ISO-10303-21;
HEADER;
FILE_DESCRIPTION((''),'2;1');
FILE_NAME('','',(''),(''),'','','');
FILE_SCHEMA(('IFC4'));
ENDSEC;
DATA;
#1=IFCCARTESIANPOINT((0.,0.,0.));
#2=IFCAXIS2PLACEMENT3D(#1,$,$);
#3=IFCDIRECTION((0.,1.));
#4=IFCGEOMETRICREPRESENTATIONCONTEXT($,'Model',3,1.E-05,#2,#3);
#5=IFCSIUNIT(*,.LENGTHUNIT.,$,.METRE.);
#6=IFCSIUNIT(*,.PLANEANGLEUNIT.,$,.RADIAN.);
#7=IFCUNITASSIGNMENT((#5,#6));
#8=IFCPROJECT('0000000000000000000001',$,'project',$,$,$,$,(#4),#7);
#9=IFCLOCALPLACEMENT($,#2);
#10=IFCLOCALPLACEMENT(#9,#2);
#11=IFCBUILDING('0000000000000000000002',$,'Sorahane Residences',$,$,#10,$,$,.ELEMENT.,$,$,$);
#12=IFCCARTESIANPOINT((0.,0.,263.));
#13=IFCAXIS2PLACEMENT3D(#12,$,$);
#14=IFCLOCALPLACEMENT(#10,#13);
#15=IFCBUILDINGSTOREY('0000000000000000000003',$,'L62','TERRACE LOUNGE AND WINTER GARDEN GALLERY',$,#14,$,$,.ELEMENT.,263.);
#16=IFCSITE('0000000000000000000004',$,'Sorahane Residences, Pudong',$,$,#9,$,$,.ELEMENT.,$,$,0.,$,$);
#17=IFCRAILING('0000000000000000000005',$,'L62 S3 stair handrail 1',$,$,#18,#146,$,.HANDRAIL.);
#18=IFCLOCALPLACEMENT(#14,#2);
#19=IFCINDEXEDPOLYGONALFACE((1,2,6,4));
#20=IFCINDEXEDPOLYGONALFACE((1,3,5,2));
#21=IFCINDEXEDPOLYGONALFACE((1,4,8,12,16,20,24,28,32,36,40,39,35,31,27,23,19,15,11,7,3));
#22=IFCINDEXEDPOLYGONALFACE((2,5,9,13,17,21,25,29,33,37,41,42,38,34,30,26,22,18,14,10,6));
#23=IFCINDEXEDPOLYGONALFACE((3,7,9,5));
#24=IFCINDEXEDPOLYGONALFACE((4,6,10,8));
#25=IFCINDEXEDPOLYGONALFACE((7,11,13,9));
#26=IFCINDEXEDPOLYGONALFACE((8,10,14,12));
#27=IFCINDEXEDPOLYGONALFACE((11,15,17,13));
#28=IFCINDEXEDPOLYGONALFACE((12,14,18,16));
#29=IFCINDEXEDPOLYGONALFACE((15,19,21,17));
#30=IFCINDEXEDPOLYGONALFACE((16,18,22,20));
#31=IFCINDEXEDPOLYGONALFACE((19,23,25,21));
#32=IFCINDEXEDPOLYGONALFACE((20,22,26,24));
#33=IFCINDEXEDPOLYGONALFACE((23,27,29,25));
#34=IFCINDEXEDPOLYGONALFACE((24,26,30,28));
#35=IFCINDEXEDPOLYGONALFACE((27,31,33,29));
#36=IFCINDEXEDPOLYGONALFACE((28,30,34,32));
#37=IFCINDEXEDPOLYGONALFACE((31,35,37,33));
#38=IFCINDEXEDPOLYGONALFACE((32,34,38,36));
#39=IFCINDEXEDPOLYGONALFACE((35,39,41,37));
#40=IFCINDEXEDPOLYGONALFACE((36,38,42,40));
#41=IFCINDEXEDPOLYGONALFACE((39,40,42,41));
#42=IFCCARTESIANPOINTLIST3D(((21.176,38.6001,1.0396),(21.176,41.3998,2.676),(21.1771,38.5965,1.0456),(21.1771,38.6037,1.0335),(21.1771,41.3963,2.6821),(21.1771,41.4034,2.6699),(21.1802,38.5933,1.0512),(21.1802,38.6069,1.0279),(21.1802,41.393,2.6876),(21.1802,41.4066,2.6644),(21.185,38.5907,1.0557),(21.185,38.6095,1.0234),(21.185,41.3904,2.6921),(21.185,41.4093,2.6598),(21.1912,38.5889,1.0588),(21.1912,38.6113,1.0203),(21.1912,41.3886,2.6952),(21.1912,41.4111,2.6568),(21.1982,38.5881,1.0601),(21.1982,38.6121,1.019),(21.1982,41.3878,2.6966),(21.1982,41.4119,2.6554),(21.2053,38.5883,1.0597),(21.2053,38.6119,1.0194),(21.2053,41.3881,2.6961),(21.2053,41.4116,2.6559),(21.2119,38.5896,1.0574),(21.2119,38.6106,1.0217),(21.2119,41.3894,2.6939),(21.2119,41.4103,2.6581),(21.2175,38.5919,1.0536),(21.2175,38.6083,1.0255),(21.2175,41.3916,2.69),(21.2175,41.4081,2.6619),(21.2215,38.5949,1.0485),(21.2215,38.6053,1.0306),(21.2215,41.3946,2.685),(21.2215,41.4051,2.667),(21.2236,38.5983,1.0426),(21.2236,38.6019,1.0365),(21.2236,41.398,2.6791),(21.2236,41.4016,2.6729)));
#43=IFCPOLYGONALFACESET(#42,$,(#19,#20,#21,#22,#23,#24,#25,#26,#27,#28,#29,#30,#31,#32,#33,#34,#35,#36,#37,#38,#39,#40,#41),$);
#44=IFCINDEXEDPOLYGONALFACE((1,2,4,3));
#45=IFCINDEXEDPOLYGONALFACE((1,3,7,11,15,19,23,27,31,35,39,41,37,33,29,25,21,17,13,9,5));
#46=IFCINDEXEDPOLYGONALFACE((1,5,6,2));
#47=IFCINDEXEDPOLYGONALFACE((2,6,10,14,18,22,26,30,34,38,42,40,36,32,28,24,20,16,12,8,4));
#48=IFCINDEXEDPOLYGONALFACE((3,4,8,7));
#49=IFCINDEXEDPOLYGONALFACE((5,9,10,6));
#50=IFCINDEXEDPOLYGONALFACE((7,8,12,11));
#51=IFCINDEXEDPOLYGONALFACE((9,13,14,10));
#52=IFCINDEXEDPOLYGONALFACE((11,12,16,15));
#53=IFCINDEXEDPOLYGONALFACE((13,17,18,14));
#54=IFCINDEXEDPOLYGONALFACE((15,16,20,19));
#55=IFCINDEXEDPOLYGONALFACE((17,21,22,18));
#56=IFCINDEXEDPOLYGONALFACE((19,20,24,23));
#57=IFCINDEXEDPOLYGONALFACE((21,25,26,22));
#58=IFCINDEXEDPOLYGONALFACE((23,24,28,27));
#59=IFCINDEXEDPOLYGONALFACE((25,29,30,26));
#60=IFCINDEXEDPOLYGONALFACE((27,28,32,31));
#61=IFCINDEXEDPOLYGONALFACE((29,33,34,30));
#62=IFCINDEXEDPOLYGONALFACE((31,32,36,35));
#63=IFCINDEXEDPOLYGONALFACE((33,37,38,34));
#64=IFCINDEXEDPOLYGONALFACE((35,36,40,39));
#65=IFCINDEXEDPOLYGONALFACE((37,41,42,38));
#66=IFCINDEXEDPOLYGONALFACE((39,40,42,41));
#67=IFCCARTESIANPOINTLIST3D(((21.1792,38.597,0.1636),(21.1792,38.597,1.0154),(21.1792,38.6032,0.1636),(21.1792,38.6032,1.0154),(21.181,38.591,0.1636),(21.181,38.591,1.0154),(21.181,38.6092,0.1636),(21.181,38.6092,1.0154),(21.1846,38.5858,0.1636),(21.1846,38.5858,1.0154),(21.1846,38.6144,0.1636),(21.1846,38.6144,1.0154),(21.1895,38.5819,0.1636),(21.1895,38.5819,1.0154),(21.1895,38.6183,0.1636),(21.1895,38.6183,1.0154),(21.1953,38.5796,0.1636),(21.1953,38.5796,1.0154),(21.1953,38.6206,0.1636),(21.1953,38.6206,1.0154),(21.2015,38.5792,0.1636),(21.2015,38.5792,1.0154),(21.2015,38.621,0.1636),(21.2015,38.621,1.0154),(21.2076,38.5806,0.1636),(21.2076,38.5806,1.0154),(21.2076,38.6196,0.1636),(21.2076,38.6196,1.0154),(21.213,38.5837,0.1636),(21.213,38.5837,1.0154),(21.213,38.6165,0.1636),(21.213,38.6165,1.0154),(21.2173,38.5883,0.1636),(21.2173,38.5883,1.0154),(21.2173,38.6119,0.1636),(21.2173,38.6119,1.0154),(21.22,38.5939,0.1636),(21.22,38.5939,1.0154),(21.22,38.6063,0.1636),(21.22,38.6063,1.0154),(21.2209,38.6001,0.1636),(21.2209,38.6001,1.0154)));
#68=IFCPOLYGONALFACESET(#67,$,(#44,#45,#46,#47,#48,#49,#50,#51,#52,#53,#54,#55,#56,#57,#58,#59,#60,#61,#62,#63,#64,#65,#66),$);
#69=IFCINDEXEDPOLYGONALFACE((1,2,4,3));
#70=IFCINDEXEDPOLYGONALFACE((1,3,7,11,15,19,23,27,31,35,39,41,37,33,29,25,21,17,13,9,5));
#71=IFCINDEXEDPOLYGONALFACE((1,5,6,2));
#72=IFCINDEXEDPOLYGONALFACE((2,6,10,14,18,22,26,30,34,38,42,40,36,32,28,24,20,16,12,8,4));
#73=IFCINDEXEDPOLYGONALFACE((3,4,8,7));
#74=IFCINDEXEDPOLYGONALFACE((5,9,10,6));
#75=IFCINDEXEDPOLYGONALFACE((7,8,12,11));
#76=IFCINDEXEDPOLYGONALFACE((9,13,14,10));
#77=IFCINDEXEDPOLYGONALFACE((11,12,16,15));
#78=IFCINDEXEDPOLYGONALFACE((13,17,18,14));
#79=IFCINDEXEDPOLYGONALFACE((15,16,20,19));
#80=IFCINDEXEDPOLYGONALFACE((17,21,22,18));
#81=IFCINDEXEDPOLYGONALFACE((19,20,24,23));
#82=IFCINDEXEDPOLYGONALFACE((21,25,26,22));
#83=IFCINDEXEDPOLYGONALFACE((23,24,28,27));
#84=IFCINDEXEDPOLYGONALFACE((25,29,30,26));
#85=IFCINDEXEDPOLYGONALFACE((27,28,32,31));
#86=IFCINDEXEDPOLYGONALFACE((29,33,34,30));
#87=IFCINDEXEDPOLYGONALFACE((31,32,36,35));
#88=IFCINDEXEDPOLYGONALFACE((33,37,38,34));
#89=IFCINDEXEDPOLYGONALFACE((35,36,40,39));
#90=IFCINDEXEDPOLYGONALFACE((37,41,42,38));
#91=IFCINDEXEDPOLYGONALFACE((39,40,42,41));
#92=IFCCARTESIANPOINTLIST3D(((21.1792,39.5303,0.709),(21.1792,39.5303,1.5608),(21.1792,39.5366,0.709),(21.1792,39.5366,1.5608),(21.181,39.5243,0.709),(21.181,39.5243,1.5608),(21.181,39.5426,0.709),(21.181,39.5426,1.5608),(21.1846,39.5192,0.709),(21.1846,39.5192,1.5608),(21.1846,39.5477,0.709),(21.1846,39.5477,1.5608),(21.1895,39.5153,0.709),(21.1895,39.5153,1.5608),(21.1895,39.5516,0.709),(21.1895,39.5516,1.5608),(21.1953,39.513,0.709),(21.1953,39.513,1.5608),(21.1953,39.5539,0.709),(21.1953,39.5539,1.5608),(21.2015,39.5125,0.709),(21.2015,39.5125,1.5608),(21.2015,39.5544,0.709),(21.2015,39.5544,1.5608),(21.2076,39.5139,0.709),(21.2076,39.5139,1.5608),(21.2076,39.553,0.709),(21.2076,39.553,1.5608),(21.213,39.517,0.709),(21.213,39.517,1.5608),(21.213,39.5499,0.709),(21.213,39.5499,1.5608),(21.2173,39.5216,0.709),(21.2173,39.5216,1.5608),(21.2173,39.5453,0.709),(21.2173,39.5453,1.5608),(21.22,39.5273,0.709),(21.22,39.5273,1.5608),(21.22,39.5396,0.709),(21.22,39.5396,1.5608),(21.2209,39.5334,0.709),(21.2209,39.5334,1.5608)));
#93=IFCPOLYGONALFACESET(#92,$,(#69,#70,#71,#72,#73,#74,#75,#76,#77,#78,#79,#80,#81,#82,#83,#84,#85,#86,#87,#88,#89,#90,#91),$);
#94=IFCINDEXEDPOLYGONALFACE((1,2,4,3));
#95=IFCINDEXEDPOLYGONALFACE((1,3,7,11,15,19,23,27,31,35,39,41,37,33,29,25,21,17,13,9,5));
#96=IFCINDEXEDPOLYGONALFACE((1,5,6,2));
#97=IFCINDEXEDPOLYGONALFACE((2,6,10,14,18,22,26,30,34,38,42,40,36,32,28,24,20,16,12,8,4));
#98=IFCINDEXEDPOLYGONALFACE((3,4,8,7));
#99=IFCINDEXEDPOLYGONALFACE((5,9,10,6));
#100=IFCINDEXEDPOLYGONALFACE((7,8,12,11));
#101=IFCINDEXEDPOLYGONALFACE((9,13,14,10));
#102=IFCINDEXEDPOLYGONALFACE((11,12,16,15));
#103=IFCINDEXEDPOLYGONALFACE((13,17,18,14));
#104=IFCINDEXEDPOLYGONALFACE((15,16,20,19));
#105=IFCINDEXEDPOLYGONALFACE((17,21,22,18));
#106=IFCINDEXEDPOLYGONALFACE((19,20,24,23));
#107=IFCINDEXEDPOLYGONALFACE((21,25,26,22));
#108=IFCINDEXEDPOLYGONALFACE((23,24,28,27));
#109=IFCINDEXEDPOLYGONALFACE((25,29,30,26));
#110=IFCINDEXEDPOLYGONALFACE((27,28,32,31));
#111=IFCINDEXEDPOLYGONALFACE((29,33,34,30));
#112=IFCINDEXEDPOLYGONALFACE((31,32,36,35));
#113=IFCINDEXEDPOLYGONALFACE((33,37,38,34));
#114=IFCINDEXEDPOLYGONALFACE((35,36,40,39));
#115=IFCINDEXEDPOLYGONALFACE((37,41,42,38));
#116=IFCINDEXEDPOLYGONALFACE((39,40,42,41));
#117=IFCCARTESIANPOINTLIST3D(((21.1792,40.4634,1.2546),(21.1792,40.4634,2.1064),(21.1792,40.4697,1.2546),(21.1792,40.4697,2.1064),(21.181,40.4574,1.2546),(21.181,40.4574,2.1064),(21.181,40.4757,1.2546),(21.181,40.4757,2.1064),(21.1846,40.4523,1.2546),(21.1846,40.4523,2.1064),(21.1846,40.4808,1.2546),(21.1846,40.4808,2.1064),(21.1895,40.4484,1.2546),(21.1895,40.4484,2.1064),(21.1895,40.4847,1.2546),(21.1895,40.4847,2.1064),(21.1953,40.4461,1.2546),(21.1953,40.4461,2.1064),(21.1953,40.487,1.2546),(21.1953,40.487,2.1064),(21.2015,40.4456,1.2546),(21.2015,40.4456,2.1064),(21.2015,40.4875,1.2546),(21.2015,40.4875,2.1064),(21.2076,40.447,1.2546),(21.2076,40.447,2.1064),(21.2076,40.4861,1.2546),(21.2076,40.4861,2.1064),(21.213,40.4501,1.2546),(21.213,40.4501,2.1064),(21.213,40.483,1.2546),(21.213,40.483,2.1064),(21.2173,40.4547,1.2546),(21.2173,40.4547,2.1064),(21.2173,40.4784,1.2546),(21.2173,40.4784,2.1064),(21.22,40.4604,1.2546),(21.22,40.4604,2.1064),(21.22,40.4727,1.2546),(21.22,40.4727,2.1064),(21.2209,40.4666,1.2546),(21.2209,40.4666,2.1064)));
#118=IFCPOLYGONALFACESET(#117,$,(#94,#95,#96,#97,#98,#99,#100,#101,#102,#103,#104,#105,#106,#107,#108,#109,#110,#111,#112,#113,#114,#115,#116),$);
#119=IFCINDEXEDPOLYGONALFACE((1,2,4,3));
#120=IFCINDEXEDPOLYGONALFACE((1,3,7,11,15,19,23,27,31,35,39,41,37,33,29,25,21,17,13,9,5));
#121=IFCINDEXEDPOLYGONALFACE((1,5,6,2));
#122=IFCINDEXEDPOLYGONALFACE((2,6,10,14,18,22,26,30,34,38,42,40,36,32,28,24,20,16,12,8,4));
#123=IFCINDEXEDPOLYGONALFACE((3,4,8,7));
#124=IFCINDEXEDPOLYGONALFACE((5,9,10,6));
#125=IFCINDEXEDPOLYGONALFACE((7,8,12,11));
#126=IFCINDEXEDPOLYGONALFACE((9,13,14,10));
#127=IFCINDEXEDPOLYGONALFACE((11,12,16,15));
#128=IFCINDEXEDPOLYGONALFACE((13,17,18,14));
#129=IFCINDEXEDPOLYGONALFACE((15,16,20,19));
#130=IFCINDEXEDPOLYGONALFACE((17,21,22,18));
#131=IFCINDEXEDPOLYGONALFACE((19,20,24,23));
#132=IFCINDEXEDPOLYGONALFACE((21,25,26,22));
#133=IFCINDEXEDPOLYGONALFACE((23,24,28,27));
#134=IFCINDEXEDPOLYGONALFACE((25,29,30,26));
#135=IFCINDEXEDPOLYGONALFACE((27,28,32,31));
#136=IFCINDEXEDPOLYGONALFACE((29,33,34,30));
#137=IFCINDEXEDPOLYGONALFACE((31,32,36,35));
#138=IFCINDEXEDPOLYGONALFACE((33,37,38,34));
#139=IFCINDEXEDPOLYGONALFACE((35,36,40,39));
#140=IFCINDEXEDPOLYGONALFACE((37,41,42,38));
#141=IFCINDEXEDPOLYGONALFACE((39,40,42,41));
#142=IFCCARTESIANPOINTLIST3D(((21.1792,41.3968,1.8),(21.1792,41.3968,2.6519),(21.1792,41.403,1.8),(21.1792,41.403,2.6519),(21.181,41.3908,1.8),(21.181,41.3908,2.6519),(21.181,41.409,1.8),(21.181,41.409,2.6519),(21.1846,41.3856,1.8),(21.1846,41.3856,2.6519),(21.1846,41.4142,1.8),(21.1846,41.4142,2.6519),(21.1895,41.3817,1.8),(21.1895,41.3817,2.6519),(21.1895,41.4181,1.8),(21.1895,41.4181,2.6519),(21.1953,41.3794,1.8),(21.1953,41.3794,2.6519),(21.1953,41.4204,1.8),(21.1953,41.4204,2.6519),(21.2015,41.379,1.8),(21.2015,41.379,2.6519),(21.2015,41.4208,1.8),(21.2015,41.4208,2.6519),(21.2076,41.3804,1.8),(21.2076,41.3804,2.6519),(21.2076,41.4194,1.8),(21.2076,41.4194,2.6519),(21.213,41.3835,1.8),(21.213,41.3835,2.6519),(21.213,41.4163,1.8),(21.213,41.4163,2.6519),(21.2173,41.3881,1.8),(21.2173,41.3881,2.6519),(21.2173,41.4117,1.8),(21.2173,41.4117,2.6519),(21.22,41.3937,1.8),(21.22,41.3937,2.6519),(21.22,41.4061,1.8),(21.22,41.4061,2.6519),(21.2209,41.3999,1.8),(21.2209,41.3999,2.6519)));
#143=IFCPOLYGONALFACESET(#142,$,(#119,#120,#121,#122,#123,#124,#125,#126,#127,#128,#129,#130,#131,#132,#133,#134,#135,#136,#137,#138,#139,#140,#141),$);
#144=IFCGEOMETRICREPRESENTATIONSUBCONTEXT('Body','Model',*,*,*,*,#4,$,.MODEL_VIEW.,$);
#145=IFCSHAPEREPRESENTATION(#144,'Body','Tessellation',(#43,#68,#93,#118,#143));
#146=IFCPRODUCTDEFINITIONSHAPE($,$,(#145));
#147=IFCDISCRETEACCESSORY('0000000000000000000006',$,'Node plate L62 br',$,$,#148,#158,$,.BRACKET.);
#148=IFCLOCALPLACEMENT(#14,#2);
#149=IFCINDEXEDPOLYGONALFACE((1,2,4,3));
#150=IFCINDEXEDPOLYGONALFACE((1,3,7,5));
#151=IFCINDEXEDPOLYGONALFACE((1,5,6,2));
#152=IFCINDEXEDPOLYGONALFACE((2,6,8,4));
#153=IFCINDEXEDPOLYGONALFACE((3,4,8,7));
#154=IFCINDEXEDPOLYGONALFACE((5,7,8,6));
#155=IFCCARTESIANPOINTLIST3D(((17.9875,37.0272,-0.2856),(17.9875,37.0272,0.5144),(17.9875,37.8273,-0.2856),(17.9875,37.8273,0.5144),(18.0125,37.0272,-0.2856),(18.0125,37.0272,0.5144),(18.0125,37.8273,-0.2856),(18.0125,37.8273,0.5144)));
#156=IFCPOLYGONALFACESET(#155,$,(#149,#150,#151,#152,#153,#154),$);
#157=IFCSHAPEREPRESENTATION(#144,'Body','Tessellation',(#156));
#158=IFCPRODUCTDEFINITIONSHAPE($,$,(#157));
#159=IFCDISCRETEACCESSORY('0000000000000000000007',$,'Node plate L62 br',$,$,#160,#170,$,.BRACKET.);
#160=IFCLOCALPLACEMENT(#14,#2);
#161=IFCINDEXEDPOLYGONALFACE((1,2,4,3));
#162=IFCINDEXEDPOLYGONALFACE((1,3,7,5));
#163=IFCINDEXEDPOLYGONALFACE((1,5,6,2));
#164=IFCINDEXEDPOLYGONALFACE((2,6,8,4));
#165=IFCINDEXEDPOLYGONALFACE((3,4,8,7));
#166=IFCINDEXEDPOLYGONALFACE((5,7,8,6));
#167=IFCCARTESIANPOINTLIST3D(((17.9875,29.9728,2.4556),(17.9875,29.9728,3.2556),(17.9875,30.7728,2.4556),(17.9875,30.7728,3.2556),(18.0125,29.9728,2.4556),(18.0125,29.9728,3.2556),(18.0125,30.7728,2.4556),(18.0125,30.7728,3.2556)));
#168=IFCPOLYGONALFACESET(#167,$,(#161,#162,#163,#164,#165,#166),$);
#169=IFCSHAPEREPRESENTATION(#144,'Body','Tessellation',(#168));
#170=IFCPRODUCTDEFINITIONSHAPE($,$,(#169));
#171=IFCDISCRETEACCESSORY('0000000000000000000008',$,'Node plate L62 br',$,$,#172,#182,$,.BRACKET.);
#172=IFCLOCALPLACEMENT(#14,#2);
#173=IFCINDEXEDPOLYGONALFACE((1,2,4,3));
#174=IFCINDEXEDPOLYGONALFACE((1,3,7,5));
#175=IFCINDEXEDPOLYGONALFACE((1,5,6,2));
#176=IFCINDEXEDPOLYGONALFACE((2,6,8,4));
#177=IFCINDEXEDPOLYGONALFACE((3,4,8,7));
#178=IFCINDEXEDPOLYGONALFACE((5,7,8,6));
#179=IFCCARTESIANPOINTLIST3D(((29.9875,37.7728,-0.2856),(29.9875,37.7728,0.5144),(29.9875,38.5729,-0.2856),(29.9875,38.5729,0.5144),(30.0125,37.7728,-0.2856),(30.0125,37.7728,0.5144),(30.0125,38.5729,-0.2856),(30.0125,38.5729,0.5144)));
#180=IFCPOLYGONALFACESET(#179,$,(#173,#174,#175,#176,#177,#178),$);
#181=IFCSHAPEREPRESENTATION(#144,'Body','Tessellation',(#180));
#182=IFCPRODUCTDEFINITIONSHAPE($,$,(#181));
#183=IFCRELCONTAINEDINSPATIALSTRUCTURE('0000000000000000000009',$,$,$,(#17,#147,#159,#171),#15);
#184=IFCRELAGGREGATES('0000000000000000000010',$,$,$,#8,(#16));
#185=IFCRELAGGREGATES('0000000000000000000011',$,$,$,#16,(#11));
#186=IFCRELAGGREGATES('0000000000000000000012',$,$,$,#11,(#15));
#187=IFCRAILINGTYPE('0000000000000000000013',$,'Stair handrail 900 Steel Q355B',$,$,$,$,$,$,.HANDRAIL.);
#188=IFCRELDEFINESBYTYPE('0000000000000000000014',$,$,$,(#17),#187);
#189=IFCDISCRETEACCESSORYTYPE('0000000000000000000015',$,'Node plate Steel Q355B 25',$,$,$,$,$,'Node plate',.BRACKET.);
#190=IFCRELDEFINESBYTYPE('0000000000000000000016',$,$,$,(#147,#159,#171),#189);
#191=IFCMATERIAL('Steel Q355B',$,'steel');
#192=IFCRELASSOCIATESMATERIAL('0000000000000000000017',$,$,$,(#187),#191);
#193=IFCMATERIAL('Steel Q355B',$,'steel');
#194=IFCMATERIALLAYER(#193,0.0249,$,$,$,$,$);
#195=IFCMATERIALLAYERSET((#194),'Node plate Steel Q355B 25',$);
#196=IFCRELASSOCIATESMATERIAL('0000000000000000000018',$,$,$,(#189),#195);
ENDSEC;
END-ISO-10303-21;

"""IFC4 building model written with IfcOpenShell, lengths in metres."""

from ifc_helpers import new_model, si_unit, direction, frame, origin, origin_2d, place, context, subcontext, project, spatial, rectangle, circle, extrude, material, layer, layer_set, type_object, element, save


model = new_model("IFC4")

# Units and contexts
model_context = context("Model", 3, precision=1e-05, world=origin(), true_north=direction((0.0, 1.0)))
body_context = subcontext(model_context, "Body", "Model", "MODEL_VIEW")
ifc_project = project(units=[si_unit("LENGTHUNIT", "METRE"), si_unit("PLANEANGLEUNIT", "RADIAN")], contexts=[model_context])

# Site, building, storey
site_placement = place(None, origin())
site = spatial("IfcSite", under=ifc_project, at=site_placement, Name="Sorahane Residences, Pudong", CompositionType="ELEMENT", RefElevation=0.0)
building_placement = place(site_placement, origin())
building = spatial("IfcBuilding", under=site, at=building_placement, Name="Sorahane Residences", CompositionType="ELEMENT")
storey_placement = place(building_placement, frame((0.0, 0.0, 263.0)))
storey = spatial("IfcBuildingStorey", under=building, at=storey_placement, Name="L62", Description="TERRACE LOUNGE AND WINTER GARDEN GALLERY", CompositionType="ELEMENT", Elevation=263.0)

# Railing
ifc_material_1 = material(Name="Steel Q355B", Category="steel")
railing_type_1 = type_object("IfcRailingType", Name="Stair handrail 900 Steel Q355B", PredefinedType="HANDRAIL", material=ifc_material_1)
railing_1_placement = place(storey_placement, frame((21.2, 38.6001, 0.1636)))
element("IfcRailing", 1, at=railing_1_placement, inside=storey, type_object=railing_type_1, Name="L62 S3 stair handrail 1", PredefinedType="HANDRAIL", context=body_context, shape_type="SweptSolid", body=[
    extrude(circle(Radius=0.0239, at=origin_2d()), frame((0.0, 0.0, 0.876), z_axis=(0.0, 0.863342, 0.50462), x_axis=(-1.0, 0.0, 0.0)), (0.0, 0.0, 1.0), 3.2429),
    extrude(circle(Radius=0.021, at=origin_2d()), origin(), (0.0, 0.0, 1.0), 0.8518),
    extrude(circle(Radius=0.021, at=origin_2d()), frame((0.0, 0.9333, 0.5454)), (0.0, 0.0, 1.0), 0.8518),
    extrude(circle(Radius=0.021, at=origin_2d()), frame((0.0, 1.8665, 1.0911)), (0.0, 0.0, 1.0), 0.8518),
    extrude(circle(Radius=0.021, at=origin_2d()), frame((0.0, 2.7998, 1.6365)), (0.0, 0.0, 1.0), 0.8518),
])

# Discrete accessories
ifc_material_2 = material(Name="Steel Q355B", Category="steel")
ifc_layer_1 = layer(ifc_material_2, 0.0249)
ifc_layer_set_1 = layer_set([ifc_layer_1], Name="Node plate Steel Q355B 25")
discrete_accessory_type = type_object("IfcDiscreteAccessoryType", Name="Node plate Steel Q355B 25", ElementType="Node plate", PredefinedType="BRACKET", material=ifc_layer_set_1)
for number, where, z_axis, x_axis, name in (
    (2, (18.0, 37.4272, -0.2856), (0.0, 0.0, 1.0), (0.0, 1.0, 0.0), "Node plate L62 br"),
    (3, (18.0, 30.3728, 2.4556), (0.0, 0.0, 1.0), (0.0, 1.0, 0.0), "Node plate L62 br"),
    (4, (30.0, 38.1729, -0.2856), (0.0, 0.0, 1.0), (0.0, 1.0, 0.0), "Node plate L62 br"),
):
    element("IfcDiscreteAccessory", number, at=place(storey_placement, frame(where, z_axis=z_axis, x_axis=x_axis)), inside=storey, type_object=discrete_accessory_type, Name=name, PredefinedType="BRACKET", context=body_context, shape_type="SweptSolid", body=[
        extrude(rectangle(XDim=0.8, YDim=0.0249, at=origin_2d()), origin(), (0.0, 0.0, 1.0), 0.8),
    ])

save(model, "model.ifc")
